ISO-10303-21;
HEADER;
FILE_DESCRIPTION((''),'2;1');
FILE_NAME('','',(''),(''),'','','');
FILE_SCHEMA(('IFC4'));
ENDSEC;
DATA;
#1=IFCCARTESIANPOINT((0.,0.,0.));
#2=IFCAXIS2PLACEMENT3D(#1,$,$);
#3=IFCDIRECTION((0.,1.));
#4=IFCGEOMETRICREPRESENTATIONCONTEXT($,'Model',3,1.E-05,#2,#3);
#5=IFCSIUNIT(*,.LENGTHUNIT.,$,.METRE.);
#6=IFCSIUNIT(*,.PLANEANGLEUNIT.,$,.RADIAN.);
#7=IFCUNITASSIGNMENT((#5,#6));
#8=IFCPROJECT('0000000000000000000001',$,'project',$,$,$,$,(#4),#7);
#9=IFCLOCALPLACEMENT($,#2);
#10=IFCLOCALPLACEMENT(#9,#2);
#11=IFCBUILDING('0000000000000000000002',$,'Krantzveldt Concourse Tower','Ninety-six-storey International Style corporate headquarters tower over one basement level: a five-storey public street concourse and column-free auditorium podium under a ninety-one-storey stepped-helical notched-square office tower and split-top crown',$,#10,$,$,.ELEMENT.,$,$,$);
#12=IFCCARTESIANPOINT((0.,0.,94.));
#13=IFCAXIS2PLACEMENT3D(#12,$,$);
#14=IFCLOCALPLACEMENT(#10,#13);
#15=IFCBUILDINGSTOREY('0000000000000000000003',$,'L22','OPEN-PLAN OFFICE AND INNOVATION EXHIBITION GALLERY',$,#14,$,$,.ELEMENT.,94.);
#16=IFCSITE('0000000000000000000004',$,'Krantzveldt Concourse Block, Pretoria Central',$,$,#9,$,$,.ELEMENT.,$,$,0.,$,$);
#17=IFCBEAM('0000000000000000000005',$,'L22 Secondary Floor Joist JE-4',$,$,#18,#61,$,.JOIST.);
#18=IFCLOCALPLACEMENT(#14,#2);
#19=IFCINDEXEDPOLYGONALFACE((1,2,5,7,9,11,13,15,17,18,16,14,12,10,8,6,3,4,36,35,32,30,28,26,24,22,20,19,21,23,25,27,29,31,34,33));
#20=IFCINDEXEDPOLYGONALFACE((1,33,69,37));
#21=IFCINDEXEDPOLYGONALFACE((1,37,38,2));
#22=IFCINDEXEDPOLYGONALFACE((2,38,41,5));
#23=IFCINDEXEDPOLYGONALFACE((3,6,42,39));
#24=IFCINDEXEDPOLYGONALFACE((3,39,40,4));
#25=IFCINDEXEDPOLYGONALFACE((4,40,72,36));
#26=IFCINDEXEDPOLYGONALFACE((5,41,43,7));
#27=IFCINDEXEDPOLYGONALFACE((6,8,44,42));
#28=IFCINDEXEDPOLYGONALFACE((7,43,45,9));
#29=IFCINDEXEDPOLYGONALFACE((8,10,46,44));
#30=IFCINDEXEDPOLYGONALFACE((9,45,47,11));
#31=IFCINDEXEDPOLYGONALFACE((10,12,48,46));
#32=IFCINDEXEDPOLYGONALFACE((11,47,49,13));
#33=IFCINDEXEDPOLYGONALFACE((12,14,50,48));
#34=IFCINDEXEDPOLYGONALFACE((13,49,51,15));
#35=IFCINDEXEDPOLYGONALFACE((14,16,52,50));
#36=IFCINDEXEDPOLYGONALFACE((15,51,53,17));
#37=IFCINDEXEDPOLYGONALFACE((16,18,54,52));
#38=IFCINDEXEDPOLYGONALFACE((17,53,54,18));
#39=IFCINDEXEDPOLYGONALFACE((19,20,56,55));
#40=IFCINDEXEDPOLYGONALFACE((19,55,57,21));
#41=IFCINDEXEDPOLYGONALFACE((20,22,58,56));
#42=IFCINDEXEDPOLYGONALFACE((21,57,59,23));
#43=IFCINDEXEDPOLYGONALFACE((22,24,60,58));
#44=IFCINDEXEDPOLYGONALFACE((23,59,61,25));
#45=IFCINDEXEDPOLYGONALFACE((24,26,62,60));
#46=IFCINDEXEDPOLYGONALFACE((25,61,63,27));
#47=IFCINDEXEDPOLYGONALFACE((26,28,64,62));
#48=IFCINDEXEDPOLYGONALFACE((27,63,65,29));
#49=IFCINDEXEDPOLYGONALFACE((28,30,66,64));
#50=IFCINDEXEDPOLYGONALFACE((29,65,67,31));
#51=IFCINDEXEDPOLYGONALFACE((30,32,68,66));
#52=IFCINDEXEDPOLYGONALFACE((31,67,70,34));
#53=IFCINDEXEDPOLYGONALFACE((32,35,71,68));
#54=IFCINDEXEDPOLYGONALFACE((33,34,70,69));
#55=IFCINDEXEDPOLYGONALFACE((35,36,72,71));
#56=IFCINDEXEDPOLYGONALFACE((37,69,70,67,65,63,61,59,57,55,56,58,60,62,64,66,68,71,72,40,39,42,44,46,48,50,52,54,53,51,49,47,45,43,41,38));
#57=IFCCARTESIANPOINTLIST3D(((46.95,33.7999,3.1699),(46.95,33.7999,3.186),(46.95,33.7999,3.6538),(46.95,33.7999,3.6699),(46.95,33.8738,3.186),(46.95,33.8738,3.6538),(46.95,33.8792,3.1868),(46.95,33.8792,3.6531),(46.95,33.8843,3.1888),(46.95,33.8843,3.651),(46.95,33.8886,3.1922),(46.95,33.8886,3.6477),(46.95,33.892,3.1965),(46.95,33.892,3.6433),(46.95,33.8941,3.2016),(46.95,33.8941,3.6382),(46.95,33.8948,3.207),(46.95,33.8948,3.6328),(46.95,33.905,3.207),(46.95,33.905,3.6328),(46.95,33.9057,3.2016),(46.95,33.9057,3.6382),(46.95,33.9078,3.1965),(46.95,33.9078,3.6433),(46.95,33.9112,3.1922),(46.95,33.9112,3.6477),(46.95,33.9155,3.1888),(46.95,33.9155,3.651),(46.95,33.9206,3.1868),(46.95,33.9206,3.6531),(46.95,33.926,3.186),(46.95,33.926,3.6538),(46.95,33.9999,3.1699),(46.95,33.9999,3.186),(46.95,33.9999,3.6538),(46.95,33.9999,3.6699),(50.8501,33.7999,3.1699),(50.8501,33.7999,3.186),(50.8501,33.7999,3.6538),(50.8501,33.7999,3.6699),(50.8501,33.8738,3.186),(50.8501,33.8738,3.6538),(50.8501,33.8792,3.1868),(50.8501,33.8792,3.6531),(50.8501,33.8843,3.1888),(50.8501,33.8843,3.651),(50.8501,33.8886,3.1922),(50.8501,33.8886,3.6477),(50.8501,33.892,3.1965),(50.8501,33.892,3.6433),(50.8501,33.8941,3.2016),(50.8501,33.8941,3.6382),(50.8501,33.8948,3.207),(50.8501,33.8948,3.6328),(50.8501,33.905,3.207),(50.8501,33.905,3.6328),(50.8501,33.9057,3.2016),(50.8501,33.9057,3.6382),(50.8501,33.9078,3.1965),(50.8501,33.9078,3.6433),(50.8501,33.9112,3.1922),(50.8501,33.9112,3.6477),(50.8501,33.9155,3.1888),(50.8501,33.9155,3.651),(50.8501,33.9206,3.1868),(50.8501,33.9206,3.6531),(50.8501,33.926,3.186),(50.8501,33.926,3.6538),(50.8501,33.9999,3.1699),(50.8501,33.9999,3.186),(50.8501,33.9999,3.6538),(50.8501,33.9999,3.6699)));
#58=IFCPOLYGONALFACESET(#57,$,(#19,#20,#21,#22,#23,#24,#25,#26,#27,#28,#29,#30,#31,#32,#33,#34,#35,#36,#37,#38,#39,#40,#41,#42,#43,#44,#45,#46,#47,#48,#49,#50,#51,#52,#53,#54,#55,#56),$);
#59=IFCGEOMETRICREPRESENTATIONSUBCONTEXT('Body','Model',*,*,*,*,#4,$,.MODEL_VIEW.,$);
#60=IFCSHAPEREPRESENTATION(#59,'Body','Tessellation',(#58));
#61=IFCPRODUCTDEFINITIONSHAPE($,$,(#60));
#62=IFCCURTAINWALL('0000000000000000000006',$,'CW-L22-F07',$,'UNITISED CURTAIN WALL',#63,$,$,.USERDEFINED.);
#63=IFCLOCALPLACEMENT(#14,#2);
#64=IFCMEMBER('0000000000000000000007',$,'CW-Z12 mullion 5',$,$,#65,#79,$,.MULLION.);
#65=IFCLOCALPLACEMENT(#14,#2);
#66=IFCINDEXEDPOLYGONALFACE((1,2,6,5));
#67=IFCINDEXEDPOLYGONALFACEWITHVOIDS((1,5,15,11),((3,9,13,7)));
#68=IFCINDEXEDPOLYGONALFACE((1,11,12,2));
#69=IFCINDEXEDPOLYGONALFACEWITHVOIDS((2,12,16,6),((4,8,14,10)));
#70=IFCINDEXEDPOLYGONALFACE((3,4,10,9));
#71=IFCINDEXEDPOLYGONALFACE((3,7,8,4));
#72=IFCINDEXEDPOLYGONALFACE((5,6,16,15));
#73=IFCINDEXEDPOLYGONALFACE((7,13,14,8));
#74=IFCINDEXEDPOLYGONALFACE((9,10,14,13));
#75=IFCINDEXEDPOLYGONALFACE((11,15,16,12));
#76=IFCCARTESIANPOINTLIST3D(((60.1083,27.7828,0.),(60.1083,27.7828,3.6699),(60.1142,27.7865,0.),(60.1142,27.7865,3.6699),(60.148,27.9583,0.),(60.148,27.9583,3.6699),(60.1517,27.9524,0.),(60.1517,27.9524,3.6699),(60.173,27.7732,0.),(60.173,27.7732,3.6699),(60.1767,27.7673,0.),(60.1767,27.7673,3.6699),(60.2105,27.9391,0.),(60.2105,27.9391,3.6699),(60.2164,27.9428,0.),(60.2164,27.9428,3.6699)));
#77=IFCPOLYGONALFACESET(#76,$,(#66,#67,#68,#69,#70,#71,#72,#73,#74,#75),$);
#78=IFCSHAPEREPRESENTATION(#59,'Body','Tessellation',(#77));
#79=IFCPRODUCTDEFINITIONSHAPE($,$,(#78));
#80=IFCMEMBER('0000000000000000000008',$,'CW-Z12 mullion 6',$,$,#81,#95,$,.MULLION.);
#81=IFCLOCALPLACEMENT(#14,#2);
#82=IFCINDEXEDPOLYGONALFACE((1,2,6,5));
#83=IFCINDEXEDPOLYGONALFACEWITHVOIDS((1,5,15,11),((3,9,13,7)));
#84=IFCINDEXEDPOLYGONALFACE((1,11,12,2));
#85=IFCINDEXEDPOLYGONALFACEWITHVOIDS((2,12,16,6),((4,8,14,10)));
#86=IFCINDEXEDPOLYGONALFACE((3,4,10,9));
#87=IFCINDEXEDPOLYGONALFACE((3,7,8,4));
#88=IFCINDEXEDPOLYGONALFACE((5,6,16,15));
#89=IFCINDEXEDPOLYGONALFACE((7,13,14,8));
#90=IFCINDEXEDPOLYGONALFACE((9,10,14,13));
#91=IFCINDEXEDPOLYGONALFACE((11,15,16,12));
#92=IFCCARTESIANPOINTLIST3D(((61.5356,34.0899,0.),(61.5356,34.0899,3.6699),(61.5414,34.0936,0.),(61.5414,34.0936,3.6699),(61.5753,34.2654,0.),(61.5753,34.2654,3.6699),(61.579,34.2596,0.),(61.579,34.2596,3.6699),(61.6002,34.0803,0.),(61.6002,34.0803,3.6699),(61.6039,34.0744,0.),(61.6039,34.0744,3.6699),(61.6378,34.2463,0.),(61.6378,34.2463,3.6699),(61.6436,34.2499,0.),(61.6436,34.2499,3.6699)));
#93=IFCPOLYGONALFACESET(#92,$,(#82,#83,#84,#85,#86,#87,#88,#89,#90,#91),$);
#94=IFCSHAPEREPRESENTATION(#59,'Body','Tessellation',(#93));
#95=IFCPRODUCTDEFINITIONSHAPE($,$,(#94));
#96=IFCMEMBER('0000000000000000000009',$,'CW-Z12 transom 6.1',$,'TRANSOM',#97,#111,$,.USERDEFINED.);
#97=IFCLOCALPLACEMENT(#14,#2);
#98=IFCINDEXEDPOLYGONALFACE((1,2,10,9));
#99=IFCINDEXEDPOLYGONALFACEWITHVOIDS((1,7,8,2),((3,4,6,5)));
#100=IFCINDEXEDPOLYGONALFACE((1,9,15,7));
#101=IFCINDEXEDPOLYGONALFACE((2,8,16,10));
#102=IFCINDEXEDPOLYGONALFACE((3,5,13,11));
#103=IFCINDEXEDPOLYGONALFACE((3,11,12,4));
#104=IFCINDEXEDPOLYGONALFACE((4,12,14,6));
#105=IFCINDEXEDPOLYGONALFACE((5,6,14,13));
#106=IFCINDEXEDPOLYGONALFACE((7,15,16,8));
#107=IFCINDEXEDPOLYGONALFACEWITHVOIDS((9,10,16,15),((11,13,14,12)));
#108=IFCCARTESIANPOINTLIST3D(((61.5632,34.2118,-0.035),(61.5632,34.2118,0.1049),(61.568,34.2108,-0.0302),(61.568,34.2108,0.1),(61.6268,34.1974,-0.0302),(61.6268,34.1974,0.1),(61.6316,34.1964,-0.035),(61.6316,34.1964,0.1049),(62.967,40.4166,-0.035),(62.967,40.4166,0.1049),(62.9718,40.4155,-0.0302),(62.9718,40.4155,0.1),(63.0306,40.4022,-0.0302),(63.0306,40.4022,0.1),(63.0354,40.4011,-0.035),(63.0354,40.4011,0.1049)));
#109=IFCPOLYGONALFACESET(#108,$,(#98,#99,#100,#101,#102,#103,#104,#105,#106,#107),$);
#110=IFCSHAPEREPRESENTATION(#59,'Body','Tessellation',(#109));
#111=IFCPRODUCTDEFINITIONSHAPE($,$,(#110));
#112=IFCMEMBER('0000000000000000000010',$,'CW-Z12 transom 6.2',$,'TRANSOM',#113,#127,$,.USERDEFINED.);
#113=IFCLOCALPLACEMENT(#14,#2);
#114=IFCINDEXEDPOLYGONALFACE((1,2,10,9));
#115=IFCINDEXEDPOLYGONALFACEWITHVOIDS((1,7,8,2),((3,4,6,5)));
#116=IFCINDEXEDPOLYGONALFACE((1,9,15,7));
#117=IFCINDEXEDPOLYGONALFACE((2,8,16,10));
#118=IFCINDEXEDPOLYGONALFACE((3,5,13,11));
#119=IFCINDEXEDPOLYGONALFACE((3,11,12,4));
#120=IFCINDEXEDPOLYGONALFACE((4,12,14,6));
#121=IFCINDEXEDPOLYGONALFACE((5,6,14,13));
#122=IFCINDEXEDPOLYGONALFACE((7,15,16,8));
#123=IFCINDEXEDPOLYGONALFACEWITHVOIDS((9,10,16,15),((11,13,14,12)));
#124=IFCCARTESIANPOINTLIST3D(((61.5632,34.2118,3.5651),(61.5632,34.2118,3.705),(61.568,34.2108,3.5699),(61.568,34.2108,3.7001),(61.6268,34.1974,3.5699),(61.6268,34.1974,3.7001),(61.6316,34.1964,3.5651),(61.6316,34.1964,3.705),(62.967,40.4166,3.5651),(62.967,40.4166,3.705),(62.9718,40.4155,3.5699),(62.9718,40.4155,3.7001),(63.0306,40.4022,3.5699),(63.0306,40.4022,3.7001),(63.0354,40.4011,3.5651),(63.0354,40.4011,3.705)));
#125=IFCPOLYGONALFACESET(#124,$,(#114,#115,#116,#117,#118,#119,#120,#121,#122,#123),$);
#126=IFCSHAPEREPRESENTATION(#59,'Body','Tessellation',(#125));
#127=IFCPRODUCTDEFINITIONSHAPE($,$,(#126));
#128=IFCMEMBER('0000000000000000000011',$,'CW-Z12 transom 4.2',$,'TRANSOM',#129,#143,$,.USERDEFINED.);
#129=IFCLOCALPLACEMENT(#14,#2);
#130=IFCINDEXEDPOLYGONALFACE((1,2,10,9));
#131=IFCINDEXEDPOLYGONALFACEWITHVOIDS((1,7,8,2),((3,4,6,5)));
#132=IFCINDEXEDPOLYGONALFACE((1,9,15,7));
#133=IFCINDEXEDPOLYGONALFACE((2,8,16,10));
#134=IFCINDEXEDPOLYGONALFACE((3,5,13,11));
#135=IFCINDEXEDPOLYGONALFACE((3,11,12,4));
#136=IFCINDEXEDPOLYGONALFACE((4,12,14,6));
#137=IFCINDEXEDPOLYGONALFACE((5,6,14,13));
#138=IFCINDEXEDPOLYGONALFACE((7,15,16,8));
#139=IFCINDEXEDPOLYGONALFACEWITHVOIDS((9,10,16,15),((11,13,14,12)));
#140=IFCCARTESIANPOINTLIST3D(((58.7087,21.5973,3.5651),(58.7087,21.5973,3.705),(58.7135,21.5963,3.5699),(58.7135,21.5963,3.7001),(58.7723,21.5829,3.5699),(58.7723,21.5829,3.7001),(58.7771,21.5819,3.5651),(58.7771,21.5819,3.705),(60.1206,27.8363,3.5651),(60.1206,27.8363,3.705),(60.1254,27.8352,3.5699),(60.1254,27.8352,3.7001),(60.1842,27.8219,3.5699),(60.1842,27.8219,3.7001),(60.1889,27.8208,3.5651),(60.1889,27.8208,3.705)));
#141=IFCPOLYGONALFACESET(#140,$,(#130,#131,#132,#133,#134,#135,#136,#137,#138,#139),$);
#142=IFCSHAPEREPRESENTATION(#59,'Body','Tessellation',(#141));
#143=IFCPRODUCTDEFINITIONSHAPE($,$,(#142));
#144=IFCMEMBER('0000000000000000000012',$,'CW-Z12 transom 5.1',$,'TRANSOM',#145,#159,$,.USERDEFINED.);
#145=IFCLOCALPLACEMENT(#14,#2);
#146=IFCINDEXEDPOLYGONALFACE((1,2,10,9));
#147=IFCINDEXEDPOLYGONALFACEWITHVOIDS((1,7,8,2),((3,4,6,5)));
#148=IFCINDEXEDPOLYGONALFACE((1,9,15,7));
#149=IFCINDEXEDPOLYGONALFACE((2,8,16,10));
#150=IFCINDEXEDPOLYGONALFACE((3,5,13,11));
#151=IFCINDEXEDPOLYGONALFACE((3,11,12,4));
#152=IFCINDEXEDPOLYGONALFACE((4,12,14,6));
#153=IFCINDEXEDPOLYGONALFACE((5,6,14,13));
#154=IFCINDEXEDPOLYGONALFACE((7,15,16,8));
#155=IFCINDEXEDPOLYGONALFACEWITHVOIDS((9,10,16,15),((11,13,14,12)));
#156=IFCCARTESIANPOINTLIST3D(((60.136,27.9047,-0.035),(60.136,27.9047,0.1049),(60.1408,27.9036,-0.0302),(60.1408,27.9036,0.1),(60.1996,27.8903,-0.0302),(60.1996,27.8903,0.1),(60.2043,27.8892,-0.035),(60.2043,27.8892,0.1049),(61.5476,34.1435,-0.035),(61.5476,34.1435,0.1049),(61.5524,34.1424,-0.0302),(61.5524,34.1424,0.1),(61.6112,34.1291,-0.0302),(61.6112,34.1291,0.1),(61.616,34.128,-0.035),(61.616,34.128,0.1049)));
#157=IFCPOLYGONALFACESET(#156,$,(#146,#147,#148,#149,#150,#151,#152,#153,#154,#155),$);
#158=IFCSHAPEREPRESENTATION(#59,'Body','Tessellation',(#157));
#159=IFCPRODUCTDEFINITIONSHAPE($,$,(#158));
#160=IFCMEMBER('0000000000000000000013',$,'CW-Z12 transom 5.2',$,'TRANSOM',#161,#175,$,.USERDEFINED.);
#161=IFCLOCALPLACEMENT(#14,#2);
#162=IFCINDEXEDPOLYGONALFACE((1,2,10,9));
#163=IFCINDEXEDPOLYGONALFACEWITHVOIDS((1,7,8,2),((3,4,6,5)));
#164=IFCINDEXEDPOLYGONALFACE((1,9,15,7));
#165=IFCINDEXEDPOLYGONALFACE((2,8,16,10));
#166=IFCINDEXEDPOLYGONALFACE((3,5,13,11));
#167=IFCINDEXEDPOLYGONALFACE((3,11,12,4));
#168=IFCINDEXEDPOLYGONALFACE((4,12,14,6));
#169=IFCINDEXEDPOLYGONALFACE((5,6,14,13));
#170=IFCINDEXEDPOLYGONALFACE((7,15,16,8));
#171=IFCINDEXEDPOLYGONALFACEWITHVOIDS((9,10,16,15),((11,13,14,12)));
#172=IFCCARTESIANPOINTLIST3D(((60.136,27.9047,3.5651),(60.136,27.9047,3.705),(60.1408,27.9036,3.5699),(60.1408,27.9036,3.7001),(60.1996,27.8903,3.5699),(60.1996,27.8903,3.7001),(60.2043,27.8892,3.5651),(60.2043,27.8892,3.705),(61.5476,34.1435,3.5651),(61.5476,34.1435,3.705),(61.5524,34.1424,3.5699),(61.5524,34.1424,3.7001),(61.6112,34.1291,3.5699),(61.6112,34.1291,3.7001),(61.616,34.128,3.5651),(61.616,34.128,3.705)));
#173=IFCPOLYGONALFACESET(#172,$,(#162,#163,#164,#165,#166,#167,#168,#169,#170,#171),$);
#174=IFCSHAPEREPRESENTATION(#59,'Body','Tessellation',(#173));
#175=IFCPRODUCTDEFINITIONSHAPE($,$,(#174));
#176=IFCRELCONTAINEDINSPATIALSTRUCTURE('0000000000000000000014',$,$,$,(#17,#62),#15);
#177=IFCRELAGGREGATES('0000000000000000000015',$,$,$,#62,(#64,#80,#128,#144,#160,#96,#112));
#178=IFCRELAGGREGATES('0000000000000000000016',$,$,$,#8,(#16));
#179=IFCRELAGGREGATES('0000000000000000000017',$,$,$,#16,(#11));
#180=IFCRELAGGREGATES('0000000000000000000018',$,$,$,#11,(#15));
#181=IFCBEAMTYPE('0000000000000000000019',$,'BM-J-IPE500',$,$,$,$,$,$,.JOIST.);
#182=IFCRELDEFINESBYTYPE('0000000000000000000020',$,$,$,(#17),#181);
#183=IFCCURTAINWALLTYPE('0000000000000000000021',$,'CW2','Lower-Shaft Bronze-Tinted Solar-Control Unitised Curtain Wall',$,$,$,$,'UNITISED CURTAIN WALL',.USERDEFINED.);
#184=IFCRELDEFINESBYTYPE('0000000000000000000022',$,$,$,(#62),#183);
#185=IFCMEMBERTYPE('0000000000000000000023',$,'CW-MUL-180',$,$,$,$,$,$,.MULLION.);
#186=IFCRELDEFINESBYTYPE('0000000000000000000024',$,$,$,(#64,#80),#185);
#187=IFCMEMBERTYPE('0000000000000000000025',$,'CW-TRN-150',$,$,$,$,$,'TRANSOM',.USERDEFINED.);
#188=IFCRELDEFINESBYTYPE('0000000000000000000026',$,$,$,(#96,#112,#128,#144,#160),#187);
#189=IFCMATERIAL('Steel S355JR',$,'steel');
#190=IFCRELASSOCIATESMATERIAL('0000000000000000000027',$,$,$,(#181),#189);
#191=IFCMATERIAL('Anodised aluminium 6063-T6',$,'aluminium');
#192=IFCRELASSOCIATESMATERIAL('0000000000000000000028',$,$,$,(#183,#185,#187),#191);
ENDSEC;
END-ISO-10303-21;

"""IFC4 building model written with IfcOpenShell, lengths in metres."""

from ifc_helpers import new_model, si_unit, direction, frame, origin, origin_2d, place, context, subcontext, project, spatial, hollow_rectangle, i_section, extrude, source, transform, mapped, material, material_profile, profile_set, type_object, type_shapes, element, aggregate, save


model = new_model("IFC4")

# Units and contexts
model_context = context("Model", 3, precision=1e-05, world=origin(), true_north=direction((0.0, 1.0)))
body_context = subcontext(model_context, "Body", "Model", "MODEL_VIEW")
ifc_project = project(units=[si_unit("LENGTHUNIT", "METRE"), si_unit("PLANEANGLEUNIT", "RADIAN")], contexts=[model_context])

# Site, building, storey
site_placement = place(None, origin())
site = spatial("IfcSite", under=ifc_project, at=site_placement, Name="Krantzveldt Concourse Block, Pretoria Central", CompositionType="ELEMENT", RefElevation=0.0)
building_placement = place(site_placement, origin())
building = spatial("IfcBuilding", under=site, at=building_placement, Name="Krantzveldt Concourse Tower", Description="Ninety-six-storey International Style corporate headquarters tower over one basement level: a five-storey public street concourse and column-free auditorium podium under a ninety-one-storey stepped-helical notched-square office tower and split-top crown", CompositionType="ELEMENT")
storey_placement = place(building_placement, frame((0.0, 0.0, 94.0)))
storey = spatial("IfcBuildingStorey", under=building, at=storey_placement, Name="L22", Description="OPEN-PLAN OFFICE AND INNOVATION EXHIBITION GALLERY", CompositionType="ELEMENT", Elevation=94.0)

# Beam
ifc_material_1 = material(Name="Steel S355JR", Category="steel")
ifc_material_profile_1 = material_profile(ifc_material_1, i_section(OverallWidth=0.2, OverallDepth=0.5, WebThickness=0.0103, FlangeThickness=0.0161, FilletRadius=0.021, at=origin_2d()), Name="Steel S355JR", Category="steel")
ifc_profile_set_1 = profile_set([ifc_material_profile_1], Name="Steel S355JR - IPE 500")
beam_type_1 = type_object("IfcBeamType", Name="BM-J-IPE500", PredefinedType="JOIST", material=ifc_profile_set_1)
shared_shape_1 = source(origin(), body_context, "Body", "SweptSolid", [
    extrude(i_section(OverallWidth=0.2, OverallDepth=0.5, WebThickness=0.0103, FlangeThickness=0.0161, FilletRadius=0.021, at=origin_2d()), origin(), (0.0, 0.0, 1.0), 3.9001),
])
type_shapes(beam_type_1, [shared_shape_1])
for number, where, z_axis, x_axis, name in (
    (1, (46.95, 33.8999, 3.4199), (1.0, 0.0, 0.0), (0.0, 1.0, 0.0), "L22 Secondary Floor Joist JE-4"),
):
    element("IfcBeam", number, at=place(storey_placement, frame(where, z_axis=z_axis, x_axis=x_axis)), inside=storey, type_object=beam_type_1, Name=name, PredefinedType="JOIST", context=body_context, shape_type="MappedRepresentation", body=[
        mapped(shared_shape_1, transform((0.0, 0.0, 0.0), x_axis=(1.0, 0.0, 0.0), y_axis=(0.0, 1.0, 0.0), z_axis=(0.0, 0.0, 1.0), scale=1.0)),
    ])

# Curtain wall, members
ifc_material_2 = material(Name="Anodised aluminium 6063-T6", Category="aluminium")
curtain_wall_type = type_object("IfcCurtainWallType", Name="CW2", Description="Lower-Shaft Bronze-Tinted Solar-Control Unitised Curtain Wall", ElementType="UNITISED CURTAIN WALL", PredefinedType="USERDEFINED", material=ifc_material_2)
curtain_wall_placement = place(storey_placement, origin())
curtain_wall = element("IfcCurtainWall", 2, at=curtain_wall_placement, inside=storey, type_object=curtain_wall_type, Name="CW-L22-F07", ObjectType="UNITISED CURTAIN WALL", PredefinedType="USERDEFINED")
ifc_material_profile_2 = material_profile(ifc_material_2, hollow_rectangle(XDim=0.0701, YDim=0.1799, WallThickness=0.0049, at=origin_2d()), Name="Anodised aluminium 6063-T6", Category="aluminium")
ifc_profile_set_2 = profile_set([ifc_material_profile_2], Name="Anodised aluminium 6063-T6 - ALU-MULL 180x70x5")
member_type_1 = type_object("IfcMemberType", Name="CW-MUL-180", PredefinedType="MULLION", material=ifc_profile_set_2)
shared_shape_2 = source(origin(), body_context, "Body", "SweptSolid", [
    extrude(hollow_rectangle(XDim=0.0701, YDim=0.1799, WallThickness=0.0049, at=origin_2d()), origin(), (0.0, 0.0, 1.0), 3.6699),
])
type_shapes(member_type_1, [shared_shape_2])
member_1_placement = place(storey_placement, frame((60.1624, 27.8628, 0.0), z_axis=(0.0, 0.0, 1.0), x_axis=(-0.975342, 0.220697, 0.0)))
member_1 = element("IfcMember", 3, at=member_1_placement, type_object=member_type_1, Name="CW-Z12 mullion 5", PredefinedType="MULLION", context=body_context, shape_type="MappedRepresentation", body=[
    mapped(shared_shape_2, transform((0.0, 0.0, 0.0), x_axis=(1.0, 0.0, 0.0), y_axis=(0.0, 1.0, 0.0), z_axis=(0.0, 0.0, 1.0), scale=1.0)),
])
member_2_placement = place(storey_placement, frame((61.5896, 34.1699, 0.0), z_axis=(0.0, 0.0, 1.0), x_axis=(-0.975342, 0.220697, 0.0)))
member_2 = element("IfcMember", 4, at=member_2_placement, type_object=member_type_1, Name="CW-Z12 mullion 6", PredefinedType="MULLION", context=body_context, shape_type="MappedRepresentation", body=[
    mapped(shared_shape_2, transform((0.0, 0.0, 0.0), x_axis=(1.0, 0.0, 0.0), y_axis=(0.0, 1.0, 0.0), z_axis=(0.0, 0.0, 1.0), scale=1.0)),
])
ifc_material_profile_3 = material_profile(ifc_material_2, hollow_rectangle(XDim=0.0701, YDim=0.1399, WallThickness=0.0049, at=origin_2d()), Name="Anodised aluminium 6063-T6", Category="aluminium")
ifc_profile_set_3 = profile_set([ifc_material_profile_3], Name="Anodised aluminium 6063-T6 - ALU-TRAN 140x70x5")
member_type_2 = type_object("IfcMemberType", Name="CW-TRN-150", ElementType="TRANSOM", PredefinedType="USERDEFINED", material=ifc_profile_set_3)
shared_shape_3 = source(origin(), body_context, "Body", "SweptSolid", [
    extrude(hollow_rectangle(XDim=0.0701, YDim=0.1399, WallThickness=0.0049, at=origin_2d()), origin(), (0.0, 0.0, 1.0), 6.3616),
])
member_3_placement = place(storey_placement, frame((61.5974, 34.2041, 0.0349), z_axis=(0.220667, 0.975349, 0.0), x_axis=(-0.975349, 0.220667, 0.0)))
member_3 = element("IfcMember", 5, at=member_3_placement, type_object=member_type_2, Name="CW-Z12 transom 6.1", ObjectType="TRANSOM", PredefinedType="USERDEFINED", context=body_context, shape_type="MappedRepresentation", body=[
    mapped(shared_shape_3, transform((0.0, 0.0, 0.0), x_axis=(1.0, 0.0, 0.0), y_axis=(0.0, 1.0, 0.0), z_axis=(0.0, 0.0, 1.0), scale=1.0)),
])
member_4_placement = place(storey_placement, frame((61.5974, 34.2041, 3.635), z_axis=(0.220667, 0.975349, 0.0), x_axis=(-0.975349, 0.220667, 0.0)))
member_4 = element("IfcMember", 6, at=member_4_placement, type_object=member_type_2, Name="CW-Z12 transom 6.2", ObjectType="TRANSOM", PredefinedType="USERDEFINED", context=body_context, shape_type="MappedRepresentation", body=[
    mapped(shared_shape_3, transform((0.0, 0.0, 0.0), x_axis=(1.0, 0.0, 0.0), y_axis=(0.0, 1.0, 0.0), z_axis=(0.0, 0.0, 1.0), scale=1.0)),
])
shared_shape_4 = source(origin(), body_context, "Body", "SweptSolid", [
    extrude(hollow_rectangle(XDim=0.0701, YDim=0.1399, WallThickness=0.0049, at=origin_2d()), origin(), (0.0, 0.0, 1.0), 6.3967),
])
member_5_placement = place(storey_placement, frame((58.7429, 21.5896, 3.635), z_axis=(0.220715, 0.975338, 0.0), x_axis=(-0.975338, 0.220715, 0.0)))
member_5 = element("IfcMember", 7, at=member_5_placement, type_object=member_type_2, Name="CW-Z12 transom 4.2", ObjectType="TRANSOM", PredefinedType="USERDEFINED", context=body_context, shape_type="MappedRepresentation", body=[
    mapped(shared_shape_4, transform((0.0, 0.0, 0.0), x_axis=(1.0, 0.0, 0.0), y_axis=(0.0, 1.0, 0.0), z_axis=(0.0, 0.0, 1.0), scale=1.0)),
])
shared_shape_5 = source(origin(), body_context, "Body", "SweptSolid", [
    extrude(hollow_rectangle(XDim=0.0701, YDim=0.1399, WallThickness=0.0049, at=origin_2d()), origin(), (0.0, 0.0, 1.0), 6.3965),
])
type_shapes(member_type_2, [shared_shape_3, shared_shape_4, shared_shape_5])
member_6_placement = place(storey_placement, frame((60.1702, 27.897, 0.0349), z_axis=(0.220687, 0.975345, 0.0), x_axis=(-0.975345, 0.220687, 0.0)))
member_6 = element("IfcMember", 8, at=member_6_placement, type_object=member_type_2, Name="CW-Z12 transom 5.1", ObjectType="TRANSOM", PredefinedType="USERDEFINED", context=body_context, shape_type="MappedRepresentation", body=[
    mapped(shared_shape_5, transform((0.0, 0.0, 0.0), x_axis=(1.0, 0.0, 0.0), y_axis=(0.0, 1.0, 0.0), z_axis=(0.0, 0.0, 1.0), scale=1.0)),
])
member_7_placement = place(storey_placement, frame((60.1702, 27.897, 3.635), z_axis=(0.220687, 0.975345, 0.0), x_axis=(-0.975345, 0.220687, 0.0)))
member_7 = element("IfcMember", 9, at=member_7_placement, type_object=member_type_2, Name="CW-Z12 transom 5.2", ObjectType="TRANSOM", PredefinedType="USERDEFINED", context=body_context, shape_type="MappedRepresentation", body=[
    mapped(shared_shape_5, transform((0.0, 0.0, 0.0), x_axis=(1.0, 0.0, 0.0), y_axis=(0.0, 1.0, 0.0), z_axis=(0.0, 0.0, 1.0), scale=1.0)),
])
aggregate(curtain_wall, [member_1, member_2, member_5, member_6, member_7, member_3, member_4])

save(model, "model.ifc")
